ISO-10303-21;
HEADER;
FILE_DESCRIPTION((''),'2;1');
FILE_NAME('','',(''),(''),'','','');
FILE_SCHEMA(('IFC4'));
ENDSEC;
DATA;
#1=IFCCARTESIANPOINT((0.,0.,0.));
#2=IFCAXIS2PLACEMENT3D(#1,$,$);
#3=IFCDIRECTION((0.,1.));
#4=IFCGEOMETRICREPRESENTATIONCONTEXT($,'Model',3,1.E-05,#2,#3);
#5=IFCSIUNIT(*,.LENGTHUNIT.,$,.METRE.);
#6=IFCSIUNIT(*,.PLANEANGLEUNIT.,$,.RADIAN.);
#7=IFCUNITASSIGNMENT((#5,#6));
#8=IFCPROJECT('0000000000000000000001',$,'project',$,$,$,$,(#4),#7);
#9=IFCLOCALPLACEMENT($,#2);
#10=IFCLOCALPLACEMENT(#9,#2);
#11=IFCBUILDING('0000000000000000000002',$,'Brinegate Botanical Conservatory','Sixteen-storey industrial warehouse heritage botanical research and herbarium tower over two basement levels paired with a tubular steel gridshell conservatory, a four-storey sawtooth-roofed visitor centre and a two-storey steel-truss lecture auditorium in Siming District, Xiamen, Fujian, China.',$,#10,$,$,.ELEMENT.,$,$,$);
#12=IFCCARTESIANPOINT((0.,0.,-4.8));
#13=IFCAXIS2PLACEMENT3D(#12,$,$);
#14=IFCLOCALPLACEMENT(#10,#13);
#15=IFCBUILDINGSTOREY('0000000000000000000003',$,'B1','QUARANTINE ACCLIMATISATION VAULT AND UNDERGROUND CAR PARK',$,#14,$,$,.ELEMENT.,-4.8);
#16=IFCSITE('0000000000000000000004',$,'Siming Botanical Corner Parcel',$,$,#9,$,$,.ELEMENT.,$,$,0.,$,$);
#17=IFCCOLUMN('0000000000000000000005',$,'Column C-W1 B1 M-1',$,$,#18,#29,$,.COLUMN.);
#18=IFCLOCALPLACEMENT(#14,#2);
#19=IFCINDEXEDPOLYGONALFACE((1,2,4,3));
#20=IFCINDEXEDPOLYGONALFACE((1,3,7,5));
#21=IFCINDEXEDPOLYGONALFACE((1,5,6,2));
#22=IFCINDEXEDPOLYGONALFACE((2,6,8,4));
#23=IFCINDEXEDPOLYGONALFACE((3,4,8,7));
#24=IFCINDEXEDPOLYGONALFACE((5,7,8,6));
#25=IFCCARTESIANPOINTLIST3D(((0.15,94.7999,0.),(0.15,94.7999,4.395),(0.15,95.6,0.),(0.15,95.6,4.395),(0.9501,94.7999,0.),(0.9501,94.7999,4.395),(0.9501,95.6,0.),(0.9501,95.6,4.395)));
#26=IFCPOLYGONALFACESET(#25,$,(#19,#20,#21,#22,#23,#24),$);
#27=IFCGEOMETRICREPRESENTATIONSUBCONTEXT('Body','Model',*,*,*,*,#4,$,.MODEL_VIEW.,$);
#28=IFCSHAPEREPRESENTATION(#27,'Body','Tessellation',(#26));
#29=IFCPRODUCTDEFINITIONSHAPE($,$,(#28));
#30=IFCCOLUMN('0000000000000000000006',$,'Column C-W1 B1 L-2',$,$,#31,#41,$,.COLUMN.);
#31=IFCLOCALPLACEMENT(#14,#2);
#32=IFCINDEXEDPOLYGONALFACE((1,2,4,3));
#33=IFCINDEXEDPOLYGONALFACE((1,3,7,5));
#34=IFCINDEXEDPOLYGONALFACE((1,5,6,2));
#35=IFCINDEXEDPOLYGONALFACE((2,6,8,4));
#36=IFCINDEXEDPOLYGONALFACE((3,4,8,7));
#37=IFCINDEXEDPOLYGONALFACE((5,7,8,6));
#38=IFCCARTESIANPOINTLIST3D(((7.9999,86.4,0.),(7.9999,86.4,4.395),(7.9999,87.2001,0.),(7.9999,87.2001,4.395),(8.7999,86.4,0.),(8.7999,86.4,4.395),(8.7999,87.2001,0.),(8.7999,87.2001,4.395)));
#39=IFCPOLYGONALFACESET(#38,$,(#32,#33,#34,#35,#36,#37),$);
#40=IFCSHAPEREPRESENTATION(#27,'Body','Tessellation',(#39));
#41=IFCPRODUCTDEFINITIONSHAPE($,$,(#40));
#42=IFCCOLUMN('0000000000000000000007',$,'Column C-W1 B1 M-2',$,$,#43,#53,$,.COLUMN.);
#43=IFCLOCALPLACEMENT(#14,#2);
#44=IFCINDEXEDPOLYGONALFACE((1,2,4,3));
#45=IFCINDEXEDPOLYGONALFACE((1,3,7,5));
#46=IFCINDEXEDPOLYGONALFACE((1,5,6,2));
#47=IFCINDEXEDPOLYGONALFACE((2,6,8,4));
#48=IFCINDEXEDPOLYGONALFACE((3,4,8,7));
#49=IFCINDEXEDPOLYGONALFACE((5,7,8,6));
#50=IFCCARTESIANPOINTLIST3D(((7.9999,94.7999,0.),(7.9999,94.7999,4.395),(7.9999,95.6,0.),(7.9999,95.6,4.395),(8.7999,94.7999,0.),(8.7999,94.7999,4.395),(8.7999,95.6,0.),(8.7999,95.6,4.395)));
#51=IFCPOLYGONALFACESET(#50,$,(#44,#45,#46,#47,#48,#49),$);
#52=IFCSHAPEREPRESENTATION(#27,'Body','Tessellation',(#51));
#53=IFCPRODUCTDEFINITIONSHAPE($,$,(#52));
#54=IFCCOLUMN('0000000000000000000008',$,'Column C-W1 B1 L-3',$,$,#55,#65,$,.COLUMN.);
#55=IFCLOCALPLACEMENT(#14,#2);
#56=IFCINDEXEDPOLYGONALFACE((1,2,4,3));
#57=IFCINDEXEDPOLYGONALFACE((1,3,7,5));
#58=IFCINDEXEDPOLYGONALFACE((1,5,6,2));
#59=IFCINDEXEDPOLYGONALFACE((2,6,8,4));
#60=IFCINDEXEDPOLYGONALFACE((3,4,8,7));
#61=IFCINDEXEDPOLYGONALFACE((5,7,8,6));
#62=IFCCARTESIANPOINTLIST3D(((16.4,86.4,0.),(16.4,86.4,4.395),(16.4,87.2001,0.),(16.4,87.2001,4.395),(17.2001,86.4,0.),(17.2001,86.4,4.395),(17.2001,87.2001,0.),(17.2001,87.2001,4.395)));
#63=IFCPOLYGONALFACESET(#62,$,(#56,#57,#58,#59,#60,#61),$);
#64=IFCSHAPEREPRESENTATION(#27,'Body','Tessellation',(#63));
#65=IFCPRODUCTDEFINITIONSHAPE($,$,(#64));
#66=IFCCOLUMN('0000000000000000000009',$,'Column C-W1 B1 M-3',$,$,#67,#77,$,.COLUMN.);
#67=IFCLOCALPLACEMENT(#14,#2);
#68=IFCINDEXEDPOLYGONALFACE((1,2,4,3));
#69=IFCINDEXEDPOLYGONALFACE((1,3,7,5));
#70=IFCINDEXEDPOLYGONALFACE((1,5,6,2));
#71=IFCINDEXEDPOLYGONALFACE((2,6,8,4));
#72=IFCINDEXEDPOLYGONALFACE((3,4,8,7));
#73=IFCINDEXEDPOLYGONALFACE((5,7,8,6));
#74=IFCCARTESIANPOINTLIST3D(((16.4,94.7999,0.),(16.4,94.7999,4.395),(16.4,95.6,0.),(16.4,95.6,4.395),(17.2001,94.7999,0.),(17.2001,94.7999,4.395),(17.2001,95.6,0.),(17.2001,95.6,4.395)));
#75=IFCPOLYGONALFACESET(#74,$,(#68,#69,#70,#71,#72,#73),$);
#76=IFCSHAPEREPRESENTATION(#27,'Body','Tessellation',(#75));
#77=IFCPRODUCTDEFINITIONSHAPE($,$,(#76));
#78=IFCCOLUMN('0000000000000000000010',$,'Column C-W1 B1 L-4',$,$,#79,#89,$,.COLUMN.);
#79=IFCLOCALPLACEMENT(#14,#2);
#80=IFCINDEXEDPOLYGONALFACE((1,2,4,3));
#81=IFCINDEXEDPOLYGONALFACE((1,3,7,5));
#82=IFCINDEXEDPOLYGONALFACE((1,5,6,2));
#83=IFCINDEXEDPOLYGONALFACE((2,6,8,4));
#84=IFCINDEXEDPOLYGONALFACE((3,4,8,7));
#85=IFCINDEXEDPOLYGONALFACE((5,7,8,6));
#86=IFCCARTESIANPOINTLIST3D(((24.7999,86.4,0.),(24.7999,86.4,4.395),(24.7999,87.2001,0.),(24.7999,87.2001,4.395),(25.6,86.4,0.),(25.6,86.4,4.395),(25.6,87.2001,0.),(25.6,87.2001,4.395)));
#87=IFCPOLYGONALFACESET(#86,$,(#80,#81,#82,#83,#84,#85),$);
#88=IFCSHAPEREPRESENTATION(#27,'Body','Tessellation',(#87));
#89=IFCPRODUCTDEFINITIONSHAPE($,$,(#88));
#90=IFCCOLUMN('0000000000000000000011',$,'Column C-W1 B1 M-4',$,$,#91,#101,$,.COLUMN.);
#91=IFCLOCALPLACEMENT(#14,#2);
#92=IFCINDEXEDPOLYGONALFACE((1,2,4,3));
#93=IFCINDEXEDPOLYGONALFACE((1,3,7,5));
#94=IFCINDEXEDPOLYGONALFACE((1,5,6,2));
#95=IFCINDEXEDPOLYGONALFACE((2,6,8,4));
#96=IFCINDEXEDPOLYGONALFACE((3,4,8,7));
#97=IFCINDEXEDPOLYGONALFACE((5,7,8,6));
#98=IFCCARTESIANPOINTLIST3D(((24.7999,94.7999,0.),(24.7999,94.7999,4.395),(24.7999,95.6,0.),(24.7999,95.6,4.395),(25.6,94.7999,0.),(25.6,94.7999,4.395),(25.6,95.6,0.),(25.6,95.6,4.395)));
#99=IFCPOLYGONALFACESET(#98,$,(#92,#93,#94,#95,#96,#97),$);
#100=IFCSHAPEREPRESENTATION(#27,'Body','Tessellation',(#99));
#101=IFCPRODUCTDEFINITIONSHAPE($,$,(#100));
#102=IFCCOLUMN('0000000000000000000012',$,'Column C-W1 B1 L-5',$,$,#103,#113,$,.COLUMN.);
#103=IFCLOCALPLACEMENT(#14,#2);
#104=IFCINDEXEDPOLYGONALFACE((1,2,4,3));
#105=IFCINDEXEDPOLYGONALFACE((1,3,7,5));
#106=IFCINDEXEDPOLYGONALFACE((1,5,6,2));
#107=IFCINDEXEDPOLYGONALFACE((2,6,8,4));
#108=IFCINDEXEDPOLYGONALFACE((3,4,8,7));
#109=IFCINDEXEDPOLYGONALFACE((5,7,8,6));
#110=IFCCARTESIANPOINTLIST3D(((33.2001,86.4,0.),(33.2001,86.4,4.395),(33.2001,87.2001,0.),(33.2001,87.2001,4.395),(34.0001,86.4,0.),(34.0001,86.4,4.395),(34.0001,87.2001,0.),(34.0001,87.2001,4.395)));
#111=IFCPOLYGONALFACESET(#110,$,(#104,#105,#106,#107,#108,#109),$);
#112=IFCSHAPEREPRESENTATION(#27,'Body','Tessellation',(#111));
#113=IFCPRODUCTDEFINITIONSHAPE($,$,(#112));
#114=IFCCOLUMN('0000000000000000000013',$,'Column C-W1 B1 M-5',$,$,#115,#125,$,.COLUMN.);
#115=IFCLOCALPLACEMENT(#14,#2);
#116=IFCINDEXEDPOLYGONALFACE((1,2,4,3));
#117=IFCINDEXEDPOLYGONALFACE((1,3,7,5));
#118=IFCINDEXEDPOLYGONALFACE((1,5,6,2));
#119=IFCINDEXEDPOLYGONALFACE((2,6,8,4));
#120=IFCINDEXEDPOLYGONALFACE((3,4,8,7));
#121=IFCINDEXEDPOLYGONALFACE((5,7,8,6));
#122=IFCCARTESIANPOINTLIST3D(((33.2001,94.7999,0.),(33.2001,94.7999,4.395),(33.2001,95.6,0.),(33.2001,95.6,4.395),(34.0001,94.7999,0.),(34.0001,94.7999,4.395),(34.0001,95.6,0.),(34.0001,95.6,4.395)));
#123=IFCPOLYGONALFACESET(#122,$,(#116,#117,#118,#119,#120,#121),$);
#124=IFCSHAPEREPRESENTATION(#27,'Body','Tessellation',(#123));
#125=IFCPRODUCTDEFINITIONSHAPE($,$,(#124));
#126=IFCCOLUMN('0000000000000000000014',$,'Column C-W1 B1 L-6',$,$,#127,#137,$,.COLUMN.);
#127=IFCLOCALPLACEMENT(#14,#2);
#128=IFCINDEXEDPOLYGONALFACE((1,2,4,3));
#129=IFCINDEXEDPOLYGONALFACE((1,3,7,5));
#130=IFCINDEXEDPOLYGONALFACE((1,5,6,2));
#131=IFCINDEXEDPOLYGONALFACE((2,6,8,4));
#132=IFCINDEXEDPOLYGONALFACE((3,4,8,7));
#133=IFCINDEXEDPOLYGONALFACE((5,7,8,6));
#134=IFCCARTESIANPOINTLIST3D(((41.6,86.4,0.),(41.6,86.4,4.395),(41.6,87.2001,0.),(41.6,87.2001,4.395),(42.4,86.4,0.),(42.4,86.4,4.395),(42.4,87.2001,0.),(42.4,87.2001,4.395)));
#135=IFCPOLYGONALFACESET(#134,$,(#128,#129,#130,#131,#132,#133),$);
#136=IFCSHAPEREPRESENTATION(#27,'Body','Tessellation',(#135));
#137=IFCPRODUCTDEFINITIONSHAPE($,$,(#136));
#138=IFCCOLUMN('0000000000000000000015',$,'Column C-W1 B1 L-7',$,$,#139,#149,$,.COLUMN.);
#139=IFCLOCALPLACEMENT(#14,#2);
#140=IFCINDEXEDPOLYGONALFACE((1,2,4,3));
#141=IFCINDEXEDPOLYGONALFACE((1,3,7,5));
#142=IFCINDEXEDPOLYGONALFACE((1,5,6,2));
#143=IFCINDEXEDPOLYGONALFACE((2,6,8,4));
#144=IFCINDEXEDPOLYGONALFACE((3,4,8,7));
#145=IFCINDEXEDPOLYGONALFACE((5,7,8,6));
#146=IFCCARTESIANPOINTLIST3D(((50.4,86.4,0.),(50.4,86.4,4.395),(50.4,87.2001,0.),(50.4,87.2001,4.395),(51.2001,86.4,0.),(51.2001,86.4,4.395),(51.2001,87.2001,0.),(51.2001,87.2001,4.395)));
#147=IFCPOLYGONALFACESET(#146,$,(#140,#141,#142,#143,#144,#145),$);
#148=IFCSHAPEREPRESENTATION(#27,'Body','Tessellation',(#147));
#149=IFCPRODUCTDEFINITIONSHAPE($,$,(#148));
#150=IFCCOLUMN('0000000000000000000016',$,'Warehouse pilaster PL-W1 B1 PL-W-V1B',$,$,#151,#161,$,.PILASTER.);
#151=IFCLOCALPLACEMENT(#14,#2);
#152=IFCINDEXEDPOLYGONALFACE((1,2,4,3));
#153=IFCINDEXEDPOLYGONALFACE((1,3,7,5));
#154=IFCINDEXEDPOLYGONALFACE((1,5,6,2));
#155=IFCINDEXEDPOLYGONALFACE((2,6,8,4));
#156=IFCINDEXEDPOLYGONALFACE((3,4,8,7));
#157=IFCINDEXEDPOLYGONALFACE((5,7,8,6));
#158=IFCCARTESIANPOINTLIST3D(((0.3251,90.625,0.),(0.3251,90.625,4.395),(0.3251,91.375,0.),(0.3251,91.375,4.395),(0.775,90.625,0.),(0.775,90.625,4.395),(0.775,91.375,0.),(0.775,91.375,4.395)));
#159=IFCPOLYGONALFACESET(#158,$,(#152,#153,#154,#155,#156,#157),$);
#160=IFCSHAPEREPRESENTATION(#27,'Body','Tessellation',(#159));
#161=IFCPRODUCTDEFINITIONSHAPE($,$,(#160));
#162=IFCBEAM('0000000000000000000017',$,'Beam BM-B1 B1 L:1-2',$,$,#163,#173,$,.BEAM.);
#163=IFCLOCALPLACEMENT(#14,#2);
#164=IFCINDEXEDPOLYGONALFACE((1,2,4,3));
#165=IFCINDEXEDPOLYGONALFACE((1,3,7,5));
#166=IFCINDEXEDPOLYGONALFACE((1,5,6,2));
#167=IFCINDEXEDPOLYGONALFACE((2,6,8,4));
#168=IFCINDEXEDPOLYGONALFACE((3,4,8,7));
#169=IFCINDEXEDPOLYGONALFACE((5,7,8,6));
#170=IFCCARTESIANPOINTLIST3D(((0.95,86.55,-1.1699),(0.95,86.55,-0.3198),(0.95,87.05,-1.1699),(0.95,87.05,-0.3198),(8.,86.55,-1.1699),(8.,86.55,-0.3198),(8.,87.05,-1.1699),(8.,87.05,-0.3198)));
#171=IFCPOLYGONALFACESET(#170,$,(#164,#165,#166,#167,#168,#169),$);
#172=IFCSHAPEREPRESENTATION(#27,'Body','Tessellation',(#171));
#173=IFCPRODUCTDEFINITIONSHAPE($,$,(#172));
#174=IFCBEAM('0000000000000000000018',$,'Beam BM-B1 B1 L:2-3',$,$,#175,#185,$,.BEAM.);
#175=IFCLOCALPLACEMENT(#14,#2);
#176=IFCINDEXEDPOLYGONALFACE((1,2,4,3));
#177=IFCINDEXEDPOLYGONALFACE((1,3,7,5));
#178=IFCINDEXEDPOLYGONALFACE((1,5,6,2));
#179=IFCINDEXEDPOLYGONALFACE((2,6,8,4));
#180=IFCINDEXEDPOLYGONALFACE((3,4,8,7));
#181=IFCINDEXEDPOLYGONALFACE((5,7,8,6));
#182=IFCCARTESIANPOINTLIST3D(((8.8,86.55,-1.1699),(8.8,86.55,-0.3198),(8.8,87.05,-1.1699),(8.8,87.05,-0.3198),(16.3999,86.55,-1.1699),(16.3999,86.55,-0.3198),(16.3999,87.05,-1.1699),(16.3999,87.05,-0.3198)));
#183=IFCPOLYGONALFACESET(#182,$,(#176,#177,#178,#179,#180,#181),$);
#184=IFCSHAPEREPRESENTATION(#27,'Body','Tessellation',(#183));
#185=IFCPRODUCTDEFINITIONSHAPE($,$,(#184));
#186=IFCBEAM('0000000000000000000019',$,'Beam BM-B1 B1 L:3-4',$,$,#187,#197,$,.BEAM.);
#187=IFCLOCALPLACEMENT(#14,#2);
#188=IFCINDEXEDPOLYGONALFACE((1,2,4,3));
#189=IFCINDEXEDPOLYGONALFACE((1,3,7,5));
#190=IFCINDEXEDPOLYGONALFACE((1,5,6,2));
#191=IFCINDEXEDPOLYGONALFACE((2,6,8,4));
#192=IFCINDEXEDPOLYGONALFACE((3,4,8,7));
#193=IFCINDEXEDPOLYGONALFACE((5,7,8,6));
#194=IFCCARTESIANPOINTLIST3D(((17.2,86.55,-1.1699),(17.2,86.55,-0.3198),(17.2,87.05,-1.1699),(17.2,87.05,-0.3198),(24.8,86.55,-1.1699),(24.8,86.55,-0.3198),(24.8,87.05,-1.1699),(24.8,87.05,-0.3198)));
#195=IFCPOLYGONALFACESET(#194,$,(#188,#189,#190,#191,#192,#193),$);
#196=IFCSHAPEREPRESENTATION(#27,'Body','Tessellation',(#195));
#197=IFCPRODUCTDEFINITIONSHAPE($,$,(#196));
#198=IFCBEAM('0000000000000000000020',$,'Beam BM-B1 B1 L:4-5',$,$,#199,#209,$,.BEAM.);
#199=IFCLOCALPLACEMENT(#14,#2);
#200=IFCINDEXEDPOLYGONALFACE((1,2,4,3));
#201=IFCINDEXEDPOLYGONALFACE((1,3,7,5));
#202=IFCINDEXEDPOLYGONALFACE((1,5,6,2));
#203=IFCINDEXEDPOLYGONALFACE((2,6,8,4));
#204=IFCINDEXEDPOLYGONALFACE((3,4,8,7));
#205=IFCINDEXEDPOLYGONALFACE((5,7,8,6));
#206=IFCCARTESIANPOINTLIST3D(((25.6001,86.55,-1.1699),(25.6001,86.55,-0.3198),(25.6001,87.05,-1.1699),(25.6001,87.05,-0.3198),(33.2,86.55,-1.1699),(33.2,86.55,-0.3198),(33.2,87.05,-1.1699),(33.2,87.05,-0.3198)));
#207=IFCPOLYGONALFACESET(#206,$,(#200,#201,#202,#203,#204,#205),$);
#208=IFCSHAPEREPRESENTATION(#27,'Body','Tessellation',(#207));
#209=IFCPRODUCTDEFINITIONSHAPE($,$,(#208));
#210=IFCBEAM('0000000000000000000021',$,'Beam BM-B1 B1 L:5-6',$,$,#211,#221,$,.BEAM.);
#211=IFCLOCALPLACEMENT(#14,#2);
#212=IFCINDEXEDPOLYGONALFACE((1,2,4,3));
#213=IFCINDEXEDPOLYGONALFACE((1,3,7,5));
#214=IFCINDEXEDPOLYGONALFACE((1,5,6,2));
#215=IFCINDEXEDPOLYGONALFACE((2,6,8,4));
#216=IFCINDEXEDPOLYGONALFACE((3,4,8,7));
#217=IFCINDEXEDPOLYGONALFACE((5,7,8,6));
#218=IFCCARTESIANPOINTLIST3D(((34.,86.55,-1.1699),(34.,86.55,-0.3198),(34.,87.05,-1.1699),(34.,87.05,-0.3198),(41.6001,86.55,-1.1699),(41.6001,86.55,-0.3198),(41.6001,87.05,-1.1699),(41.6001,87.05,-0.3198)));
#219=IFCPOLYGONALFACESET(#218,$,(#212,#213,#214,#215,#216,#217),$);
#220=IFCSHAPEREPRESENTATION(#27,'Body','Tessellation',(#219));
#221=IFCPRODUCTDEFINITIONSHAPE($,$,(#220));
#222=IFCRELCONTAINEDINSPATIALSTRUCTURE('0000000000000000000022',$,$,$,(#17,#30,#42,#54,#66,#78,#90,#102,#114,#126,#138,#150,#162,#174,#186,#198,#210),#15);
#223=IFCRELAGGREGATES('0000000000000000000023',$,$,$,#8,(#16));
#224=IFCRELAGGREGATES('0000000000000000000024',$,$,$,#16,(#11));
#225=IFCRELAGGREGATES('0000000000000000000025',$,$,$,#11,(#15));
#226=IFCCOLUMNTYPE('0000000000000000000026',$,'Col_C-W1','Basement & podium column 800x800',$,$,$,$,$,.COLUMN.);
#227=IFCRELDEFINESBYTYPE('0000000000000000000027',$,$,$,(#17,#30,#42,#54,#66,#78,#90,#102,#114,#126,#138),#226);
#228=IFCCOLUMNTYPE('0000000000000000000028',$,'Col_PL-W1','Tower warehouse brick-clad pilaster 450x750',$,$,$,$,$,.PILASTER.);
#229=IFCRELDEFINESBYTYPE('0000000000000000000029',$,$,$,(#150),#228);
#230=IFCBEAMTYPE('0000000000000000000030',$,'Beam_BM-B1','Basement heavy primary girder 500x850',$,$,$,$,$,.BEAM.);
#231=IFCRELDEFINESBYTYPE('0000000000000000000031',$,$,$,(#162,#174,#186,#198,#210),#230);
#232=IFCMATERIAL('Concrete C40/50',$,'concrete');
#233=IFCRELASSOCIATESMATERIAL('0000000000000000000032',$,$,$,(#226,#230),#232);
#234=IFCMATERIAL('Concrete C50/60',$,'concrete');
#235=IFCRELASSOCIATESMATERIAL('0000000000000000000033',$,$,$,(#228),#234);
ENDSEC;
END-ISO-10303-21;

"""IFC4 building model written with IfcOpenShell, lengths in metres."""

from ifc_helpers import new_model, si_unit, direction, frame, origin, origin_2d, place, context, subcontext, project, spatial, rectangle, extrude, material, material_profile, profile_set, type_object, element, save


model = new_model("IFC4")

# Units and contexts
model_context = context("Model", 3, precision=1e-05, world=origin(), true_north=direction((0.0, 1.0)))
body_context = subcontext(model_context, "Body", "Model", "MODEL_VIEW")
ifc_project = project(units=[si_unit("LENGTHUNIT", "METRE"), si_unit("PLANEANGLEUNIT", "RADIAN")], contexts=[model_context])

# Site, building, storey
site_placement = place(None, origin())
site = spatial("IfcSite", under=ifc_project, at=site_placement, Name="Siming Botanical Corner Parcel", CompositionType="ELEMENT", RefElevation=0.0)
building_placement = place(site_placement, origin())
building = spatial("IfcBuilding", under=site, at=building_placement, Name="Brinegate Botanical Conservatory", Description="Sixteen-storey industrial warehouse heritage botanical research and herbarium tower over two basement levels paired with a tubular steel gridshell conservatory, a four-storey sawtooth-roofed visitor centre and a two-storey steel-truss lecture auditorium in Siming District, Xiamen, Fujian, China.", CompositionType="ELEMENT")
storey_placement = place(building_placement, frame((0.0, 0.0, -4.8)))
storey = spatial("IfcBuildingStorey", under=building, at=storey_placement, Name="B1", Description="QUARANTINE ACCLIMATISATION VAULT AND UNDERGROUND CAR PARK", CompositionType="ELEMENT", Elevation=-4.8)

# Columns
ifc_material_1 = material(Name="Concrete C40/50", Category="concrete")
ifc_material_profile_1 = material_profile(ifc_material_1, rectangle(XDim=0.8, YDim=0.8, at=origin_2d()), Name="RC COL 800x800")
ifc_profile_set_1 = profile_set([ifc_material_profile_1], Name="Concrete C40/50")
column_type_1 = type_object("IfcColumnType", Name="Col_C-W1", Description="Basement & podium column 800x800", PredefinedType="COLUMN", material=ifc_profile_set_1)
for number, where, z_axis, x_axis, name in (
    (1, (0.55, 95.2, 0.0), (0.0, 0.0, 1.0), (1.0, 0.0, 0.0), "Column C-W1 B1 M-1"),
    (2, (8.3999, 86.8, 0.0), (0.0, 0.0, 1.0), (1.0, 0.0, 0.0), "Column C-W1 B1 L-2"),
    (3, (8.3999, 95.2, 0.0), (0.0, 0.0, 1.0), (1.0, 0.0, 0.0), "Column C-W1 B1 M-2"),
    (4, (16.8, 86.8, 0.0), (0.0, 0.0, 1.0), (1.0, 0.0, 0.0), "Column C-W1 B1 L-3"),
    (5, (16.8, 95.2, 0.0), (0.0, 0.0, 1.0), (1.0, 0.0, 0.0), "Column C-W1 B1 M-3"),
    (6, (25.2, 86.8, 0.0), (0.0, 0.0, 1.0), (1.0, 0.0, 0.0), "Column C-W1 B1 L-4"),
    (7, (25.2, 95.2, 0.0), (0.0, 0.0, 1.0), (1.0, 0.0, 0.0), "Column C-W1 B1 M-4"),
    (8, (33.6001, 86.8, 0.0), (0.0, 0.0, 1.0), (1.0, 0.0, 0.0), "Column C-W1 B1 L-5"),
    (9, (33.6001, 95.2, 0.0), (0.0, 0.0, 1.0), (1.0, 0.0, 0.0), "Column C-W1 B1 M-5"),
    (10, (42.0, 86.8, 0.0), (0.0, 0.0, 1.0), (1.0, 0.0, 0.0), "Column C-W1 B1 L-6"),
    (11, (50.8, 86.8, 0.0), (0.0, 0.0, 1.0), (1.0, 0.0, 0.0), "Column C-W1 B1 L-7"),
):
    element("IfcColumn", number, at=place(storey_placement, frame(where, z_axis=z_axis, x_axis=x_axis)), inside=storey, type_object=column_type_1, Name=name, PredefinedType="COLUMN", context=body_context, shape_type="SweptSolid", body=[
        extrude(rectangle(XDim=0.8, YDim=0.8, at=origin_2d()), origin(), (0.0, 0.0, 1.0), 4.395),
    ])
ifc_material_2 = material(Name="Concrete C50/60", Category="concrete")
ifc_material_profile_2 = material_profile(ifc_material_2, rectangle(XDim=0.45, YDim=0.75, at=origin_2d()), Name="RC PILASTER 450x750")
ifc_profile_set_2 = profile_set([ifc_material_profile_2], Name="Concrete C50/60")
column_type_2 = type_object("IfcColumnType", Name="Col_PL-W1", Description="Tower warehouse brick-clad pilaster 450x750", PredefinedType="PILASTER", material=ifc_profile_set_2)
column_placement = place(storey_placement, frame((0.55, 91.0, 0.0), z_axis=(0.0, 0.0, 1.0), x_axis=(1.0, 0.0, 0.0)))
element("IfcColumn", 12, at=column_placement, inside=storey, type_object=column_type_2, Name="Warehouse pilaster PL-W1 B1 PL-W-V1B", PredefinedType="PILASTER", context=body_context, shape_type="SweptSolid", body=[
    extrude(rectangle(XDim=0.45, YDim=0.75, at=origin_2d()), origin(), (0.0, 0.0, 1.0), 4.395),
])

# Beams
ifc_material_profile_3 = material_profile(ifc_material_1, rectangle(XDim=0.5, YDim=0.8501, at=origin_2d()), Name="RC BM 500x850")
ifc_profile_set_3 = profile_set([ifc_material_profile_3], Name="Concrete C40/50")
beam_type_1 = type_object("IfcBeamType", Name="Beam_BM-B1", Description="Basement heavy primary girder 500x850", PredefinedType="BEAM", material=ifc_profile_set_3)
beam_1_placement = place(storey_placement, frame((0.95, 86.8, -0.7449), z_axis=(1.0, 0.0, 0.0), x_axis=(0.0, 1.0, 0.0)))
element("IfcBeam", 13, at=beam_1_placement, inside=storey, type_object=beam_type_1, Name="Beam BM-B1 B1 L:1-2", PredefinedType="BEAM", context=body_context, shape_type="SweptSolid", body=[
    extrude(rectangle(XDim=0.5, YDim=0.8501, at=origin_2d()), origin(), (0.0, 0.0, 1.0), 7.05),
])
beam_2_placement = place(storey_placement, frame((8.8, 86.8, -0.7449), z_axis=(1.0, 0.0, 0.0), x_axis=(0.0, 1.0, 0.0)))
element("IfcBeam", 14, at=beam_2_placement, inside=storey, type_object=beam_type_1, Name="Beam BM-B1 B1 L:2-3", PredefinedType="BEAM", context=body_context, shape_type="SweptSolid", body=[
    extrude(rectangle(XDim=0.5, YDim=0.8501, at=origin_2d()), origin(), (0.0, 0.0, 1.0), 7.5999),
])
beam_3_placement = place(storey_placement, frame((17.2, 86.8, -0.7449), z_axis=(1.0, 0.0, 0.0), x_axis=(0.0, 1.0, 0.0)))
element("IfcBeam", 15, at=beam_3_placement, inside=storey, type_object=beam_type_1, Name="Beam BM-B1 B1 L:3-4", PredefinedType="BEAM", context=body_context, shape_type="SweptSolid", body=[
    extrude(rectangle(XDim=0.5, YDim=0.8501, at=origin_2d()), origin(), (0.0, 0.0, 1.0), 7.6001),
])
beam_4_placement = place(storey_placement, frame((25.6001, 86.8, -0.7449), z_axis=(1.0, 0.0, 0.0), x_axis=(0.0, 1.0, 0.0)))
element("IfcBeam", 16, at=beam_4_placement, inside=storey, type_object=beam_type_1, Name="Beam BM-B1 B1 L:4-5", PredefinedType="BEAM", context=body_context, shape_type="SweptSolid", body=[
    extrude(rectangle(XDim=0.5, YDim=0.8501, at=origin_2d()), origin(), (0.0, 0.0, 1.0), 7.5999),
])
beam_5_placement = place(storey_placement, frame((34.0, 86.8, -0.7449), z_axis=(1.0, 0.0, 0.0), x_axis=(0.0, 1.0, 0.0)))
element("IfcBeam", 17, at=beam_5_placement, inside=storey, type_object=beam_type_1, Name="Beam BM-B1 B1 L:5-6", PredefinedType="BEAM", context=body_context, shape_type="SweptSolid", body=[
    extrude(rectangle(XDim=0.5, YDim=0.8501, at=origin_2d()), origin(), (0.0, 0.0, 1.0), 7.6001),
])

save(model, "model.ifc")
